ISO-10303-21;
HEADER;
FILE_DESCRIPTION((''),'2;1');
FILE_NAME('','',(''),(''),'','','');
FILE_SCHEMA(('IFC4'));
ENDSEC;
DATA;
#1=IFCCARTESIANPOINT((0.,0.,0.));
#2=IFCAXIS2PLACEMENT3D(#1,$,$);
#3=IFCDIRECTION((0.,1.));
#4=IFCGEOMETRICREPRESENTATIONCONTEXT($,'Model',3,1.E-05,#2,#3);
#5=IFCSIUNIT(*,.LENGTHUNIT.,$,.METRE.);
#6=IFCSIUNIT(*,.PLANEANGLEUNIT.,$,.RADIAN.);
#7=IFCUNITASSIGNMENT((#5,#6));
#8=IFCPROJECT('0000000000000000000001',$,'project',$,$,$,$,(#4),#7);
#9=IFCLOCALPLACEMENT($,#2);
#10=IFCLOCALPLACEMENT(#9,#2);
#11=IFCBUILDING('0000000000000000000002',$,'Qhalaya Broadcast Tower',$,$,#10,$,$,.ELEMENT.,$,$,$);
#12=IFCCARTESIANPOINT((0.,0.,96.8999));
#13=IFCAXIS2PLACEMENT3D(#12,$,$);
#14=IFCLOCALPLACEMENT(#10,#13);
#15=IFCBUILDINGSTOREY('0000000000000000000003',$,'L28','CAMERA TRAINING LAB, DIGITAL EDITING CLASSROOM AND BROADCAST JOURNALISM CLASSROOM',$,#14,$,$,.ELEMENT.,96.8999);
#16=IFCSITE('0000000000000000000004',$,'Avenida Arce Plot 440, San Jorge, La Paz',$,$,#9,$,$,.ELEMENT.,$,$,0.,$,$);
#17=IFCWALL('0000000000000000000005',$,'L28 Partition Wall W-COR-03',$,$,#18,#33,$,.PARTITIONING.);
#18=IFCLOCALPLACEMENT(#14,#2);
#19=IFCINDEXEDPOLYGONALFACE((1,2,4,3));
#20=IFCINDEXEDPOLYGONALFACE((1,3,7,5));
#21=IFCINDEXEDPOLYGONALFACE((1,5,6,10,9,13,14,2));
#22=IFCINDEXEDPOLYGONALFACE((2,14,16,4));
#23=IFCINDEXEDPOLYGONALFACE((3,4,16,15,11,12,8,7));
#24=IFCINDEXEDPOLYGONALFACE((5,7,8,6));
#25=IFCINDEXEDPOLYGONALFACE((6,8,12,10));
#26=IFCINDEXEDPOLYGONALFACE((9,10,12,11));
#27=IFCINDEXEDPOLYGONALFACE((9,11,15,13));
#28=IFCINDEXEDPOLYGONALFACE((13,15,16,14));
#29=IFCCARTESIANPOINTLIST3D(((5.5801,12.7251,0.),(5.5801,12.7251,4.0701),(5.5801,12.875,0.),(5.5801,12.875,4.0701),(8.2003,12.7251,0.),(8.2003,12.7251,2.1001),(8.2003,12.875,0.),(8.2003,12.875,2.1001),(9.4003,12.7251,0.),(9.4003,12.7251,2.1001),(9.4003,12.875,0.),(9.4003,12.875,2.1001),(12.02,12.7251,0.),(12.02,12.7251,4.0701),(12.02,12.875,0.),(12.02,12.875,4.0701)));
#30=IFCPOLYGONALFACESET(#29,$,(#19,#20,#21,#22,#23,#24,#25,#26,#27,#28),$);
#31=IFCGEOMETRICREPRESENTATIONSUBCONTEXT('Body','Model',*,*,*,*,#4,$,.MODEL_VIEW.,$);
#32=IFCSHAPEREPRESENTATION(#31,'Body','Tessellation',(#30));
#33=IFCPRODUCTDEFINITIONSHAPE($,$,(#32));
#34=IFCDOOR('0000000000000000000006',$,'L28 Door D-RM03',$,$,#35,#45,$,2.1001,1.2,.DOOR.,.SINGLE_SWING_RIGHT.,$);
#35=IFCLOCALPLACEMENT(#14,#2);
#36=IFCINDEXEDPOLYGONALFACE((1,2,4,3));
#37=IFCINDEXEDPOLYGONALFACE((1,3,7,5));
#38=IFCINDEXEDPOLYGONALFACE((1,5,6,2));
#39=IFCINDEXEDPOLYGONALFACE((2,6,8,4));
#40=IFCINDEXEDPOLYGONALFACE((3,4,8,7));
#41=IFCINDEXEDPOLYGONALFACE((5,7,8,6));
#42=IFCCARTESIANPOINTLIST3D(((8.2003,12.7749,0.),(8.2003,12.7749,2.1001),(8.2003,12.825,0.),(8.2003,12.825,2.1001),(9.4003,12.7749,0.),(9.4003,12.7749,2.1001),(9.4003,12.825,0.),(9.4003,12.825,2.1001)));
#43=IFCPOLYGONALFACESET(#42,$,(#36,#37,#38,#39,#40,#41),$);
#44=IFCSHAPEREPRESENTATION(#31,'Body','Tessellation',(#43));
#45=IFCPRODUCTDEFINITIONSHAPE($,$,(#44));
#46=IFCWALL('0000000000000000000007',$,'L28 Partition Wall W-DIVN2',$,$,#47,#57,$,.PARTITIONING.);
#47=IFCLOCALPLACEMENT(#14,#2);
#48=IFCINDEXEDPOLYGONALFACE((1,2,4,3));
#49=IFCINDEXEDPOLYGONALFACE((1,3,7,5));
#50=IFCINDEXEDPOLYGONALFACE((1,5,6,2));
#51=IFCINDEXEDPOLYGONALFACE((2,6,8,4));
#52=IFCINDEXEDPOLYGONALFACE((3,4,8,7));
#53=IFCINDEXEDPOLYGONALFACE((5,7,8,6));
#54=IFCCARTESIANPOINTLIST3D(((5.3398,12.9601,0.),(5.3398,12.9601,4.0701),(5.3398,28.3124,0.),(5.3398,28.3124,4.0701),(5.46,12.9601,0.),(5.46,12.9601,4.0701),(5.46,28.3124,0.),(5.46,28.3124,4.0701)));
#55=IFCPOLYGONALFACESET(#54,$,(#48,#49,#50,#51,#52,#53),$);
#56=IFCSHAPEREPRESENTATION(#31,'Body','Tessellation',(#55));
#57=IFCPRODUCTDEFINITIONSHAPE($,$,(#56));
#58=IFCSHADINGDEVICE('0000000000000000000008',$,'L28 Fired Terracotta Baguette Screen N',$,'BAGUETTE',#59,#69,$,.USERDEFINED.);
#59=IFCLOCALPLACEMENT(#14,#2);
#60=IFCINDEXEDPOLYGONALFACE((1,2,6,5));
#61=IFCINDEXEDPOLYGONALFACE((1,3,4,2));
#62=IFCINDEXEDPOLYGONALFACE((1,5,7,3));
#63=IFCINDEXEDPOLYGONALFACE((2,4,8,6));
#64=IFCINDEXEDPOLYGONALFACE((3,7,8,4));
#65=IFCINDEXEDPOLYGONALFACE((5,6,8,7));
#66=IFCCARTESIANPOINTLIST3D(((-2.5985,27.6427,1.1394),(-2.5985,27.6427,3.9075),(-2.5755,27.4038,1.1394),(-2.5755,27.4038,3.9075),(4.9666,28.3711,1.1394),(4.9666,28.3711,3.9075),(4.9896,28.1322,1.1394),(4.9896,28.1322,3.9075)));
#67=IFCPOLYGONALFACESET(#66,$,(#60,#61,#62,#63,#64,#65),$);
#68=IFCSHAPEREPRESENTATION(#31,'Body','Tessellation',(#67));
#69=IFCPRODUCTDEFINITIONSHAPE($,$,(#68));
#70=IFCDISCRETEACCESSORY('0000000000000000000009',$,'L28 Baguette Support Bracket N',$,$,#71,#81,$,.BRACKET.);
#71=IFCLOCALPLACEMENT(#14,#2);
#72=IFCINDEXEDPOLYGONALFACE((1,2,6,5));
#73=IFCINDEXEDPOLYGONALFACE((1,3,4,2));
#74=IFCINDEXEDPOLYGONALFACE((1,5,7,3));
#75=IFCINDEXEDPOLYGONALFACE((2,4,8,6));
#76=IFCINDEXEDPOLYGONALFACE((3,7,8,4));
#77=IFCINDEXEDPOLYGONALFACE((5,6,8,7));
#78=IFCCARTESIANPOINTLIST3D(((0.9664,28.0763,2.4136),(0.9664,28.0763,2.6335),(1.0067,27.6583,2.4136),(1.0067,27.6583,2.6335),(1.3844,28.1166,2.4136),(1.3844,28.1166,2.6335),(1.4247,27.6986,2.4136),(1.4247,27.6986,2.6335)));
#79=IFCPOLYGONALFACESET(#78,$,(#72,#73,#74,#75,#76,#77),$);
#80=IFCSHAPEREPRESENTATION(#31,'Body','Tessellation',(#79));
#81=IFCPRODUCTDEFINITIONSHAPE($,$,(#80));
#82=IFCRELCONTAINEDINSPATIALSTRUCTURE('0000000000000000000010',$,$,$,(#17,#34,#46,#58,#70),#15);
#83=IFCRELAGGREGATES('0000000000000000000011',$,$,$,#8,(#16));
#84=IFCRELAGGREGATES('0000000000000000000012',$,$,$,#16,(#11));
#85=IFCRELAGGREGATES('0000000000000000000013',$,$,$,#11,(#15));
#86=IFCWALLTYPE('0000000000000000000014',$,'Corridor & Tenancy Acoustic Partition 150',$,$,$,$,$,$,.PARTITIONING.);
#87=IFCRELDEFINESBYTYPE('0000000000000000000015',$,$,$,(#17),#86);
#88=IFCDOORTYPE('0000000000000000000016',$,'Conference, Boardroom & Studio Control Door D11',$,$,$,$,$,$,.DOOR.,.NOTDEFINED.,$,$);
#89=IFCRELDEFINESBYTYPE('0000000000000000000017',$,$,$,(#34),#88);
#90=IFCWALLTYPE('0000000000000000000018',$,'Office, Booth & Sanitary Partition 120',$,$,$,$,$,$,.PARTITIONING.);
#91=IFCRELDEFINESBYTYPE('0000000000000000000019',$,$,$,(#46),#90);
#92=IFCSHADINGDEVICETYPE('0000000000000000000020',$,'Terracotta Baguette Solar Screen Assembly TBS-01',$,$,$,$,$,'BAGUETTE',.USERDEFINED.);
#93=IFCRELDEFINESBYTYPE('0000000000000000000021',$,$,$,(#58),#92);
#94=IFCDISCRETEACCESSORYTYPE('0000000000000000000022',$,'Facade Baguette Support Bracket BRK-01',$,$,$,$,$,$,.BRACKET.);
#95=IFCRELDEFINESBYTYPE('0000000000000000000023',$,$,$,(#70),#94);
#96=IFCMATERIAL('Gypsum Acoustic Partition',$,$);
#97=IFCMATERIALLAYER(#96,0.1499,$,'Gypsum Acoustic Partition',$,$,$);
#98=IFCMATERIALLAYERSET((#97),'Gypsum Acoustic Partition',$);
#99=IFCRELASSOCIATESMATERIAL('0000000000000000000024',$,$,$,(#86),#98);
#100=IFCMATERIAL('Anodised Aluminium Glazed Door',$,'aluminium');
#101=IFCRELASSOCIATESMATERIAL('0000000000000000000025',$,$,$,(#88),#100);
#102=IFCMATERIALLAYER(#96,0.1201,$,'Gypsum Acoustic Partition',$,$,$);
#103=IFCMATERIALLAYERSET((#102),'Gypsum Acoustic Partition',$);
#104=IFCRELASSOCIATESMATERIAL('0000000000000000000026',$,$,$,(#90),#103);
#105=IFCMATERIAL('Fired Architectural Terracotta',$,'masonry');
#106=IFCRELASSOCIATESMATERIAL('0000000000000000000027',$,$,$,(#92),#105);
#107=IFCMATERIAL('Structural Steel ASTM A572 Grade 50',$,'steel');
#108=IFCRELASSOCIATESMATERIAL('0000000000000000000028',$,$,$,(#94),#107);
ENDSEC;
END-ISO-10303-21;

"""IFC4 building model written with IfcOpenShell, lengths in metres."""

from ifc_helpers import new_model, si_unit, direction, frame, frame_2d, origin, origin_2d, place, context, subcontext, project, spatial, rectangle, extrude, material, layer, layer_set, type_object, element, fill, save


model = new_model("IFC4")

# Units and contexts
model_context = context("Model", 3, precision=1e-05, world=origin(), true_north=direction((0.0, 1.0)))
body_context = subcontext(model_context, "Body", "Model", "MODEL_VIEW")
ifc_project = project(units=[si_unit("LENGTHUNIT", "METRE"), si_unit("PLANEANGLEUNIT", "RADIAN")], contexts=[model_context])

# Site, building, storey
site_placement = place(None, origin())
site = spatial("IfcSite", under=ifc_project, at=site_placement, Name="Avenida Arce Plot 440, San Jorge, La Paz", CompositionType="ELEMENT", RefElevation=0.0)
building_placement = place(site_placement, origin())
building = spatial("IfcBuilding", under=site, at=building_placement, Name="Qhalaya Broadcast Tower", CompositionType="ELEMENT")
storey_placement = place(building_placement, frame((0.0, 0.0, 96.8999)))
storey = spatial("IfcBuildingStorey", under=building, at=storey_placement, Name="L28", Description="CAMERA TRAINING LAB, DIGITAL EDITING CLASSROOM AND BROADCAST JOURNALISM CLASSROOM", CompositionType="ELEMENT", Elevation=96.8999)

# Shared definitions
ifc_material_1 = material(Name="Structural Steel ASTM A572 Grade 50", Category="steel")

# Shared definitions
ifc_material_2 = material(Name="Fired Architectural Terracotta", Category="masonry")

# Wall, opening, door
ifc_material_3 = material(Name="Gypsum Acoustic Partition")
ifc_layer_1 = layer(ifc_material_3, 0.1499, Name="Gypsum Acoustic Partition")
ifc_layer_set_1 = layer_set([ifc_layer_1], Name="Gypsum Acoustic Partition")
wall_type_1 = type_object("IfcWallType", Name="Corridor & Tenancy Acoustic Partition 150", PredefinedType="PARTITIONING", material=ifc_layer_set_1)
wall_1_placement = place(storey_placement, frame((5.5801, 12.8, 0.0), z_axis=(0.0, 0.0, 1.0), x_axis=(1.0, 0.0, 0.0)))
wall_1 = element("IfcWall", 1, at=wall_1_placement, inside=storey, type_object=wall_type_1, Name="L28 Partition Wall W-COR-03", PredefinedType="PARTITIONING", context=body_context, shape_type="SweptSolid", body=[
    extrude(rectangle(XDim=6.4399, YDim=0.1499, at=frame_2d((3.22, 0.0))), origin(), (0.0, 0.0, 1.0), 4.0701),
])
opening_placement = place(wall_1_placement, frame((2.6201, 0.0, 0.0)))
opening = element("IfcOpeningElement", 2, at=opening_placement, cuts=wall_1, PredefinedType="OPENING", context=body_context, shape_type="SweptSolid", body=[
    extrude(rectangle(XDim=1.2, YDim=2.1001, at=frame_2d((0.6001, 1.05))), frame((0.0, 0.0869, 0.0), z_axis=(0.0, -1.0, 0.0), x_axis=(1.0, 0.0, 0.0)), (0.0, 0.0, 1.0), 0.1738),
])
ifc_material_4 = material(Name="Anodised Aluminium Glazed Door", Category="aluminium")
door_type = type_object("IfcDoorType", Name="Conference, Boardroom & Studio Control Door D11", OperationType="NOTDEFINED", PredefinedType="DOOR", material=ifc_material_4)
door_placement = place(opening_placement, origin())
door = element("IfcDoor", 3, at=door_placement, inside=storey, type_object=door_type, Name="L28 Door D-RM03", OperationType="SINGLE_SWING_RIGHT", OverallHeight=2.1001, OverallWidth=1.2, PredefinedType="DOOR", context=body_context, shape_type="SweptSolid", body=[
    extrude(rectangle(XDim=1.2, YDim=2.1001, at=frame_2d((0.6001, 1.05))), frame((0.0, 0.0249, 0.0), z_axis=(0.0, -1.0, 0.0), x_axis=(1.0, 0.0, 0.0)), (0.0, 0.0, 1.0), 0.05),
])
fill(opening, door)

# Wall
ifc_layer_2 = layer(ifc_material_3, 0.1201, Name="Gypsum Acoustic Partition")
ifc_layer_set_2 = layer_set([ifc_layer_2], Name="Gypsum Acoustic Partition")
wall_type_2 = type_object("IfcWallType", Name="Office, Booth & Sanitary Partition 120", PredefinedType="PARTITIONING", material=ifc_layer_set_2)
wall_2_placement = place(storey_placement, frame((5.3999, 12.96, 0.0), z_axis=(0.0, 0.0, 1.0), x_axis=(0.0, 1.0, 0.0)))
element("IfcWall", 4, at=wall_2_placement, inside=storey, type_object=wall_type_2, Name="L28 Partition Wall W-DIVN2", PredefinedType="PARTITIONING", context=body_context, shape_type="SweptSolid", body=[
    extrude(rectangle(XDim=15.3523, YDim=0.1201, at=frame_2d((7.6763, 0.0))), origin(), (0.0, 0.0, 1.0), 4.0701),
])

# Shading device
shading_device_type = type_object("IfcShadingDeviceType", Name="Terracotta Baguette Solar Screen Assembly TBS-01", ElementType="BAGUETTE", PredefinedType="USERDEFINED", material=ifc_material_2)
shading_device_placement = place(storey_placement, frame((1.1956, 27.8875, 1.1394), z_axis=(0.0, 0.0, 1.0), x_axis=(-0.995396, -0.095846, 0.0)))
element("IfcShadingDevice", 5, at=shading_device_placement, inside=storey, type_object=shading_device_type, Name="L28 Fired Terracotta Baguette Screen N", ObjectType="BAGUETTE", PredefinedType="USERDEFINED", context=body_context, shape_type="SweptSolid", body=[
    extrude(rectangle(XDim=7.6001, YDim=0.24, at=origin_2d()), origin(), (0.0, 0.0, 1.0), 2.7681),
])

# Discrete accessory
discrete_accessory_type = type_object("IfcDiscreteAccessoryType", Name="Facade Baguette Support Bracket BRK-01", PredefinedType="BRACKET", material=ifc_material_1)
discrete_accessory_placement = place(storey_placement, frame((1.1956, 27.8875, 2.4136), z_axis=(0.0, 0.0, 1.0), x_axis=(-0.995396, -0.095846, 0.0)))
element("IfcDiscreteAccessory", 6, at=discrete_accessory_placement, inside=storey, type_object=discrete_accessory_type, Name="L28 Baguette Support Bracket N", PredefinedType="BRACKET", context=body_context, shape_type="SweptSolid", body=[
    extrude(rectangle(XDim=0.4199, YDim=0.4199, at=origin_2d()), origin(), (0.0, 0.0, 1.0), 0.22),
])

save(model, "model.ifc")
